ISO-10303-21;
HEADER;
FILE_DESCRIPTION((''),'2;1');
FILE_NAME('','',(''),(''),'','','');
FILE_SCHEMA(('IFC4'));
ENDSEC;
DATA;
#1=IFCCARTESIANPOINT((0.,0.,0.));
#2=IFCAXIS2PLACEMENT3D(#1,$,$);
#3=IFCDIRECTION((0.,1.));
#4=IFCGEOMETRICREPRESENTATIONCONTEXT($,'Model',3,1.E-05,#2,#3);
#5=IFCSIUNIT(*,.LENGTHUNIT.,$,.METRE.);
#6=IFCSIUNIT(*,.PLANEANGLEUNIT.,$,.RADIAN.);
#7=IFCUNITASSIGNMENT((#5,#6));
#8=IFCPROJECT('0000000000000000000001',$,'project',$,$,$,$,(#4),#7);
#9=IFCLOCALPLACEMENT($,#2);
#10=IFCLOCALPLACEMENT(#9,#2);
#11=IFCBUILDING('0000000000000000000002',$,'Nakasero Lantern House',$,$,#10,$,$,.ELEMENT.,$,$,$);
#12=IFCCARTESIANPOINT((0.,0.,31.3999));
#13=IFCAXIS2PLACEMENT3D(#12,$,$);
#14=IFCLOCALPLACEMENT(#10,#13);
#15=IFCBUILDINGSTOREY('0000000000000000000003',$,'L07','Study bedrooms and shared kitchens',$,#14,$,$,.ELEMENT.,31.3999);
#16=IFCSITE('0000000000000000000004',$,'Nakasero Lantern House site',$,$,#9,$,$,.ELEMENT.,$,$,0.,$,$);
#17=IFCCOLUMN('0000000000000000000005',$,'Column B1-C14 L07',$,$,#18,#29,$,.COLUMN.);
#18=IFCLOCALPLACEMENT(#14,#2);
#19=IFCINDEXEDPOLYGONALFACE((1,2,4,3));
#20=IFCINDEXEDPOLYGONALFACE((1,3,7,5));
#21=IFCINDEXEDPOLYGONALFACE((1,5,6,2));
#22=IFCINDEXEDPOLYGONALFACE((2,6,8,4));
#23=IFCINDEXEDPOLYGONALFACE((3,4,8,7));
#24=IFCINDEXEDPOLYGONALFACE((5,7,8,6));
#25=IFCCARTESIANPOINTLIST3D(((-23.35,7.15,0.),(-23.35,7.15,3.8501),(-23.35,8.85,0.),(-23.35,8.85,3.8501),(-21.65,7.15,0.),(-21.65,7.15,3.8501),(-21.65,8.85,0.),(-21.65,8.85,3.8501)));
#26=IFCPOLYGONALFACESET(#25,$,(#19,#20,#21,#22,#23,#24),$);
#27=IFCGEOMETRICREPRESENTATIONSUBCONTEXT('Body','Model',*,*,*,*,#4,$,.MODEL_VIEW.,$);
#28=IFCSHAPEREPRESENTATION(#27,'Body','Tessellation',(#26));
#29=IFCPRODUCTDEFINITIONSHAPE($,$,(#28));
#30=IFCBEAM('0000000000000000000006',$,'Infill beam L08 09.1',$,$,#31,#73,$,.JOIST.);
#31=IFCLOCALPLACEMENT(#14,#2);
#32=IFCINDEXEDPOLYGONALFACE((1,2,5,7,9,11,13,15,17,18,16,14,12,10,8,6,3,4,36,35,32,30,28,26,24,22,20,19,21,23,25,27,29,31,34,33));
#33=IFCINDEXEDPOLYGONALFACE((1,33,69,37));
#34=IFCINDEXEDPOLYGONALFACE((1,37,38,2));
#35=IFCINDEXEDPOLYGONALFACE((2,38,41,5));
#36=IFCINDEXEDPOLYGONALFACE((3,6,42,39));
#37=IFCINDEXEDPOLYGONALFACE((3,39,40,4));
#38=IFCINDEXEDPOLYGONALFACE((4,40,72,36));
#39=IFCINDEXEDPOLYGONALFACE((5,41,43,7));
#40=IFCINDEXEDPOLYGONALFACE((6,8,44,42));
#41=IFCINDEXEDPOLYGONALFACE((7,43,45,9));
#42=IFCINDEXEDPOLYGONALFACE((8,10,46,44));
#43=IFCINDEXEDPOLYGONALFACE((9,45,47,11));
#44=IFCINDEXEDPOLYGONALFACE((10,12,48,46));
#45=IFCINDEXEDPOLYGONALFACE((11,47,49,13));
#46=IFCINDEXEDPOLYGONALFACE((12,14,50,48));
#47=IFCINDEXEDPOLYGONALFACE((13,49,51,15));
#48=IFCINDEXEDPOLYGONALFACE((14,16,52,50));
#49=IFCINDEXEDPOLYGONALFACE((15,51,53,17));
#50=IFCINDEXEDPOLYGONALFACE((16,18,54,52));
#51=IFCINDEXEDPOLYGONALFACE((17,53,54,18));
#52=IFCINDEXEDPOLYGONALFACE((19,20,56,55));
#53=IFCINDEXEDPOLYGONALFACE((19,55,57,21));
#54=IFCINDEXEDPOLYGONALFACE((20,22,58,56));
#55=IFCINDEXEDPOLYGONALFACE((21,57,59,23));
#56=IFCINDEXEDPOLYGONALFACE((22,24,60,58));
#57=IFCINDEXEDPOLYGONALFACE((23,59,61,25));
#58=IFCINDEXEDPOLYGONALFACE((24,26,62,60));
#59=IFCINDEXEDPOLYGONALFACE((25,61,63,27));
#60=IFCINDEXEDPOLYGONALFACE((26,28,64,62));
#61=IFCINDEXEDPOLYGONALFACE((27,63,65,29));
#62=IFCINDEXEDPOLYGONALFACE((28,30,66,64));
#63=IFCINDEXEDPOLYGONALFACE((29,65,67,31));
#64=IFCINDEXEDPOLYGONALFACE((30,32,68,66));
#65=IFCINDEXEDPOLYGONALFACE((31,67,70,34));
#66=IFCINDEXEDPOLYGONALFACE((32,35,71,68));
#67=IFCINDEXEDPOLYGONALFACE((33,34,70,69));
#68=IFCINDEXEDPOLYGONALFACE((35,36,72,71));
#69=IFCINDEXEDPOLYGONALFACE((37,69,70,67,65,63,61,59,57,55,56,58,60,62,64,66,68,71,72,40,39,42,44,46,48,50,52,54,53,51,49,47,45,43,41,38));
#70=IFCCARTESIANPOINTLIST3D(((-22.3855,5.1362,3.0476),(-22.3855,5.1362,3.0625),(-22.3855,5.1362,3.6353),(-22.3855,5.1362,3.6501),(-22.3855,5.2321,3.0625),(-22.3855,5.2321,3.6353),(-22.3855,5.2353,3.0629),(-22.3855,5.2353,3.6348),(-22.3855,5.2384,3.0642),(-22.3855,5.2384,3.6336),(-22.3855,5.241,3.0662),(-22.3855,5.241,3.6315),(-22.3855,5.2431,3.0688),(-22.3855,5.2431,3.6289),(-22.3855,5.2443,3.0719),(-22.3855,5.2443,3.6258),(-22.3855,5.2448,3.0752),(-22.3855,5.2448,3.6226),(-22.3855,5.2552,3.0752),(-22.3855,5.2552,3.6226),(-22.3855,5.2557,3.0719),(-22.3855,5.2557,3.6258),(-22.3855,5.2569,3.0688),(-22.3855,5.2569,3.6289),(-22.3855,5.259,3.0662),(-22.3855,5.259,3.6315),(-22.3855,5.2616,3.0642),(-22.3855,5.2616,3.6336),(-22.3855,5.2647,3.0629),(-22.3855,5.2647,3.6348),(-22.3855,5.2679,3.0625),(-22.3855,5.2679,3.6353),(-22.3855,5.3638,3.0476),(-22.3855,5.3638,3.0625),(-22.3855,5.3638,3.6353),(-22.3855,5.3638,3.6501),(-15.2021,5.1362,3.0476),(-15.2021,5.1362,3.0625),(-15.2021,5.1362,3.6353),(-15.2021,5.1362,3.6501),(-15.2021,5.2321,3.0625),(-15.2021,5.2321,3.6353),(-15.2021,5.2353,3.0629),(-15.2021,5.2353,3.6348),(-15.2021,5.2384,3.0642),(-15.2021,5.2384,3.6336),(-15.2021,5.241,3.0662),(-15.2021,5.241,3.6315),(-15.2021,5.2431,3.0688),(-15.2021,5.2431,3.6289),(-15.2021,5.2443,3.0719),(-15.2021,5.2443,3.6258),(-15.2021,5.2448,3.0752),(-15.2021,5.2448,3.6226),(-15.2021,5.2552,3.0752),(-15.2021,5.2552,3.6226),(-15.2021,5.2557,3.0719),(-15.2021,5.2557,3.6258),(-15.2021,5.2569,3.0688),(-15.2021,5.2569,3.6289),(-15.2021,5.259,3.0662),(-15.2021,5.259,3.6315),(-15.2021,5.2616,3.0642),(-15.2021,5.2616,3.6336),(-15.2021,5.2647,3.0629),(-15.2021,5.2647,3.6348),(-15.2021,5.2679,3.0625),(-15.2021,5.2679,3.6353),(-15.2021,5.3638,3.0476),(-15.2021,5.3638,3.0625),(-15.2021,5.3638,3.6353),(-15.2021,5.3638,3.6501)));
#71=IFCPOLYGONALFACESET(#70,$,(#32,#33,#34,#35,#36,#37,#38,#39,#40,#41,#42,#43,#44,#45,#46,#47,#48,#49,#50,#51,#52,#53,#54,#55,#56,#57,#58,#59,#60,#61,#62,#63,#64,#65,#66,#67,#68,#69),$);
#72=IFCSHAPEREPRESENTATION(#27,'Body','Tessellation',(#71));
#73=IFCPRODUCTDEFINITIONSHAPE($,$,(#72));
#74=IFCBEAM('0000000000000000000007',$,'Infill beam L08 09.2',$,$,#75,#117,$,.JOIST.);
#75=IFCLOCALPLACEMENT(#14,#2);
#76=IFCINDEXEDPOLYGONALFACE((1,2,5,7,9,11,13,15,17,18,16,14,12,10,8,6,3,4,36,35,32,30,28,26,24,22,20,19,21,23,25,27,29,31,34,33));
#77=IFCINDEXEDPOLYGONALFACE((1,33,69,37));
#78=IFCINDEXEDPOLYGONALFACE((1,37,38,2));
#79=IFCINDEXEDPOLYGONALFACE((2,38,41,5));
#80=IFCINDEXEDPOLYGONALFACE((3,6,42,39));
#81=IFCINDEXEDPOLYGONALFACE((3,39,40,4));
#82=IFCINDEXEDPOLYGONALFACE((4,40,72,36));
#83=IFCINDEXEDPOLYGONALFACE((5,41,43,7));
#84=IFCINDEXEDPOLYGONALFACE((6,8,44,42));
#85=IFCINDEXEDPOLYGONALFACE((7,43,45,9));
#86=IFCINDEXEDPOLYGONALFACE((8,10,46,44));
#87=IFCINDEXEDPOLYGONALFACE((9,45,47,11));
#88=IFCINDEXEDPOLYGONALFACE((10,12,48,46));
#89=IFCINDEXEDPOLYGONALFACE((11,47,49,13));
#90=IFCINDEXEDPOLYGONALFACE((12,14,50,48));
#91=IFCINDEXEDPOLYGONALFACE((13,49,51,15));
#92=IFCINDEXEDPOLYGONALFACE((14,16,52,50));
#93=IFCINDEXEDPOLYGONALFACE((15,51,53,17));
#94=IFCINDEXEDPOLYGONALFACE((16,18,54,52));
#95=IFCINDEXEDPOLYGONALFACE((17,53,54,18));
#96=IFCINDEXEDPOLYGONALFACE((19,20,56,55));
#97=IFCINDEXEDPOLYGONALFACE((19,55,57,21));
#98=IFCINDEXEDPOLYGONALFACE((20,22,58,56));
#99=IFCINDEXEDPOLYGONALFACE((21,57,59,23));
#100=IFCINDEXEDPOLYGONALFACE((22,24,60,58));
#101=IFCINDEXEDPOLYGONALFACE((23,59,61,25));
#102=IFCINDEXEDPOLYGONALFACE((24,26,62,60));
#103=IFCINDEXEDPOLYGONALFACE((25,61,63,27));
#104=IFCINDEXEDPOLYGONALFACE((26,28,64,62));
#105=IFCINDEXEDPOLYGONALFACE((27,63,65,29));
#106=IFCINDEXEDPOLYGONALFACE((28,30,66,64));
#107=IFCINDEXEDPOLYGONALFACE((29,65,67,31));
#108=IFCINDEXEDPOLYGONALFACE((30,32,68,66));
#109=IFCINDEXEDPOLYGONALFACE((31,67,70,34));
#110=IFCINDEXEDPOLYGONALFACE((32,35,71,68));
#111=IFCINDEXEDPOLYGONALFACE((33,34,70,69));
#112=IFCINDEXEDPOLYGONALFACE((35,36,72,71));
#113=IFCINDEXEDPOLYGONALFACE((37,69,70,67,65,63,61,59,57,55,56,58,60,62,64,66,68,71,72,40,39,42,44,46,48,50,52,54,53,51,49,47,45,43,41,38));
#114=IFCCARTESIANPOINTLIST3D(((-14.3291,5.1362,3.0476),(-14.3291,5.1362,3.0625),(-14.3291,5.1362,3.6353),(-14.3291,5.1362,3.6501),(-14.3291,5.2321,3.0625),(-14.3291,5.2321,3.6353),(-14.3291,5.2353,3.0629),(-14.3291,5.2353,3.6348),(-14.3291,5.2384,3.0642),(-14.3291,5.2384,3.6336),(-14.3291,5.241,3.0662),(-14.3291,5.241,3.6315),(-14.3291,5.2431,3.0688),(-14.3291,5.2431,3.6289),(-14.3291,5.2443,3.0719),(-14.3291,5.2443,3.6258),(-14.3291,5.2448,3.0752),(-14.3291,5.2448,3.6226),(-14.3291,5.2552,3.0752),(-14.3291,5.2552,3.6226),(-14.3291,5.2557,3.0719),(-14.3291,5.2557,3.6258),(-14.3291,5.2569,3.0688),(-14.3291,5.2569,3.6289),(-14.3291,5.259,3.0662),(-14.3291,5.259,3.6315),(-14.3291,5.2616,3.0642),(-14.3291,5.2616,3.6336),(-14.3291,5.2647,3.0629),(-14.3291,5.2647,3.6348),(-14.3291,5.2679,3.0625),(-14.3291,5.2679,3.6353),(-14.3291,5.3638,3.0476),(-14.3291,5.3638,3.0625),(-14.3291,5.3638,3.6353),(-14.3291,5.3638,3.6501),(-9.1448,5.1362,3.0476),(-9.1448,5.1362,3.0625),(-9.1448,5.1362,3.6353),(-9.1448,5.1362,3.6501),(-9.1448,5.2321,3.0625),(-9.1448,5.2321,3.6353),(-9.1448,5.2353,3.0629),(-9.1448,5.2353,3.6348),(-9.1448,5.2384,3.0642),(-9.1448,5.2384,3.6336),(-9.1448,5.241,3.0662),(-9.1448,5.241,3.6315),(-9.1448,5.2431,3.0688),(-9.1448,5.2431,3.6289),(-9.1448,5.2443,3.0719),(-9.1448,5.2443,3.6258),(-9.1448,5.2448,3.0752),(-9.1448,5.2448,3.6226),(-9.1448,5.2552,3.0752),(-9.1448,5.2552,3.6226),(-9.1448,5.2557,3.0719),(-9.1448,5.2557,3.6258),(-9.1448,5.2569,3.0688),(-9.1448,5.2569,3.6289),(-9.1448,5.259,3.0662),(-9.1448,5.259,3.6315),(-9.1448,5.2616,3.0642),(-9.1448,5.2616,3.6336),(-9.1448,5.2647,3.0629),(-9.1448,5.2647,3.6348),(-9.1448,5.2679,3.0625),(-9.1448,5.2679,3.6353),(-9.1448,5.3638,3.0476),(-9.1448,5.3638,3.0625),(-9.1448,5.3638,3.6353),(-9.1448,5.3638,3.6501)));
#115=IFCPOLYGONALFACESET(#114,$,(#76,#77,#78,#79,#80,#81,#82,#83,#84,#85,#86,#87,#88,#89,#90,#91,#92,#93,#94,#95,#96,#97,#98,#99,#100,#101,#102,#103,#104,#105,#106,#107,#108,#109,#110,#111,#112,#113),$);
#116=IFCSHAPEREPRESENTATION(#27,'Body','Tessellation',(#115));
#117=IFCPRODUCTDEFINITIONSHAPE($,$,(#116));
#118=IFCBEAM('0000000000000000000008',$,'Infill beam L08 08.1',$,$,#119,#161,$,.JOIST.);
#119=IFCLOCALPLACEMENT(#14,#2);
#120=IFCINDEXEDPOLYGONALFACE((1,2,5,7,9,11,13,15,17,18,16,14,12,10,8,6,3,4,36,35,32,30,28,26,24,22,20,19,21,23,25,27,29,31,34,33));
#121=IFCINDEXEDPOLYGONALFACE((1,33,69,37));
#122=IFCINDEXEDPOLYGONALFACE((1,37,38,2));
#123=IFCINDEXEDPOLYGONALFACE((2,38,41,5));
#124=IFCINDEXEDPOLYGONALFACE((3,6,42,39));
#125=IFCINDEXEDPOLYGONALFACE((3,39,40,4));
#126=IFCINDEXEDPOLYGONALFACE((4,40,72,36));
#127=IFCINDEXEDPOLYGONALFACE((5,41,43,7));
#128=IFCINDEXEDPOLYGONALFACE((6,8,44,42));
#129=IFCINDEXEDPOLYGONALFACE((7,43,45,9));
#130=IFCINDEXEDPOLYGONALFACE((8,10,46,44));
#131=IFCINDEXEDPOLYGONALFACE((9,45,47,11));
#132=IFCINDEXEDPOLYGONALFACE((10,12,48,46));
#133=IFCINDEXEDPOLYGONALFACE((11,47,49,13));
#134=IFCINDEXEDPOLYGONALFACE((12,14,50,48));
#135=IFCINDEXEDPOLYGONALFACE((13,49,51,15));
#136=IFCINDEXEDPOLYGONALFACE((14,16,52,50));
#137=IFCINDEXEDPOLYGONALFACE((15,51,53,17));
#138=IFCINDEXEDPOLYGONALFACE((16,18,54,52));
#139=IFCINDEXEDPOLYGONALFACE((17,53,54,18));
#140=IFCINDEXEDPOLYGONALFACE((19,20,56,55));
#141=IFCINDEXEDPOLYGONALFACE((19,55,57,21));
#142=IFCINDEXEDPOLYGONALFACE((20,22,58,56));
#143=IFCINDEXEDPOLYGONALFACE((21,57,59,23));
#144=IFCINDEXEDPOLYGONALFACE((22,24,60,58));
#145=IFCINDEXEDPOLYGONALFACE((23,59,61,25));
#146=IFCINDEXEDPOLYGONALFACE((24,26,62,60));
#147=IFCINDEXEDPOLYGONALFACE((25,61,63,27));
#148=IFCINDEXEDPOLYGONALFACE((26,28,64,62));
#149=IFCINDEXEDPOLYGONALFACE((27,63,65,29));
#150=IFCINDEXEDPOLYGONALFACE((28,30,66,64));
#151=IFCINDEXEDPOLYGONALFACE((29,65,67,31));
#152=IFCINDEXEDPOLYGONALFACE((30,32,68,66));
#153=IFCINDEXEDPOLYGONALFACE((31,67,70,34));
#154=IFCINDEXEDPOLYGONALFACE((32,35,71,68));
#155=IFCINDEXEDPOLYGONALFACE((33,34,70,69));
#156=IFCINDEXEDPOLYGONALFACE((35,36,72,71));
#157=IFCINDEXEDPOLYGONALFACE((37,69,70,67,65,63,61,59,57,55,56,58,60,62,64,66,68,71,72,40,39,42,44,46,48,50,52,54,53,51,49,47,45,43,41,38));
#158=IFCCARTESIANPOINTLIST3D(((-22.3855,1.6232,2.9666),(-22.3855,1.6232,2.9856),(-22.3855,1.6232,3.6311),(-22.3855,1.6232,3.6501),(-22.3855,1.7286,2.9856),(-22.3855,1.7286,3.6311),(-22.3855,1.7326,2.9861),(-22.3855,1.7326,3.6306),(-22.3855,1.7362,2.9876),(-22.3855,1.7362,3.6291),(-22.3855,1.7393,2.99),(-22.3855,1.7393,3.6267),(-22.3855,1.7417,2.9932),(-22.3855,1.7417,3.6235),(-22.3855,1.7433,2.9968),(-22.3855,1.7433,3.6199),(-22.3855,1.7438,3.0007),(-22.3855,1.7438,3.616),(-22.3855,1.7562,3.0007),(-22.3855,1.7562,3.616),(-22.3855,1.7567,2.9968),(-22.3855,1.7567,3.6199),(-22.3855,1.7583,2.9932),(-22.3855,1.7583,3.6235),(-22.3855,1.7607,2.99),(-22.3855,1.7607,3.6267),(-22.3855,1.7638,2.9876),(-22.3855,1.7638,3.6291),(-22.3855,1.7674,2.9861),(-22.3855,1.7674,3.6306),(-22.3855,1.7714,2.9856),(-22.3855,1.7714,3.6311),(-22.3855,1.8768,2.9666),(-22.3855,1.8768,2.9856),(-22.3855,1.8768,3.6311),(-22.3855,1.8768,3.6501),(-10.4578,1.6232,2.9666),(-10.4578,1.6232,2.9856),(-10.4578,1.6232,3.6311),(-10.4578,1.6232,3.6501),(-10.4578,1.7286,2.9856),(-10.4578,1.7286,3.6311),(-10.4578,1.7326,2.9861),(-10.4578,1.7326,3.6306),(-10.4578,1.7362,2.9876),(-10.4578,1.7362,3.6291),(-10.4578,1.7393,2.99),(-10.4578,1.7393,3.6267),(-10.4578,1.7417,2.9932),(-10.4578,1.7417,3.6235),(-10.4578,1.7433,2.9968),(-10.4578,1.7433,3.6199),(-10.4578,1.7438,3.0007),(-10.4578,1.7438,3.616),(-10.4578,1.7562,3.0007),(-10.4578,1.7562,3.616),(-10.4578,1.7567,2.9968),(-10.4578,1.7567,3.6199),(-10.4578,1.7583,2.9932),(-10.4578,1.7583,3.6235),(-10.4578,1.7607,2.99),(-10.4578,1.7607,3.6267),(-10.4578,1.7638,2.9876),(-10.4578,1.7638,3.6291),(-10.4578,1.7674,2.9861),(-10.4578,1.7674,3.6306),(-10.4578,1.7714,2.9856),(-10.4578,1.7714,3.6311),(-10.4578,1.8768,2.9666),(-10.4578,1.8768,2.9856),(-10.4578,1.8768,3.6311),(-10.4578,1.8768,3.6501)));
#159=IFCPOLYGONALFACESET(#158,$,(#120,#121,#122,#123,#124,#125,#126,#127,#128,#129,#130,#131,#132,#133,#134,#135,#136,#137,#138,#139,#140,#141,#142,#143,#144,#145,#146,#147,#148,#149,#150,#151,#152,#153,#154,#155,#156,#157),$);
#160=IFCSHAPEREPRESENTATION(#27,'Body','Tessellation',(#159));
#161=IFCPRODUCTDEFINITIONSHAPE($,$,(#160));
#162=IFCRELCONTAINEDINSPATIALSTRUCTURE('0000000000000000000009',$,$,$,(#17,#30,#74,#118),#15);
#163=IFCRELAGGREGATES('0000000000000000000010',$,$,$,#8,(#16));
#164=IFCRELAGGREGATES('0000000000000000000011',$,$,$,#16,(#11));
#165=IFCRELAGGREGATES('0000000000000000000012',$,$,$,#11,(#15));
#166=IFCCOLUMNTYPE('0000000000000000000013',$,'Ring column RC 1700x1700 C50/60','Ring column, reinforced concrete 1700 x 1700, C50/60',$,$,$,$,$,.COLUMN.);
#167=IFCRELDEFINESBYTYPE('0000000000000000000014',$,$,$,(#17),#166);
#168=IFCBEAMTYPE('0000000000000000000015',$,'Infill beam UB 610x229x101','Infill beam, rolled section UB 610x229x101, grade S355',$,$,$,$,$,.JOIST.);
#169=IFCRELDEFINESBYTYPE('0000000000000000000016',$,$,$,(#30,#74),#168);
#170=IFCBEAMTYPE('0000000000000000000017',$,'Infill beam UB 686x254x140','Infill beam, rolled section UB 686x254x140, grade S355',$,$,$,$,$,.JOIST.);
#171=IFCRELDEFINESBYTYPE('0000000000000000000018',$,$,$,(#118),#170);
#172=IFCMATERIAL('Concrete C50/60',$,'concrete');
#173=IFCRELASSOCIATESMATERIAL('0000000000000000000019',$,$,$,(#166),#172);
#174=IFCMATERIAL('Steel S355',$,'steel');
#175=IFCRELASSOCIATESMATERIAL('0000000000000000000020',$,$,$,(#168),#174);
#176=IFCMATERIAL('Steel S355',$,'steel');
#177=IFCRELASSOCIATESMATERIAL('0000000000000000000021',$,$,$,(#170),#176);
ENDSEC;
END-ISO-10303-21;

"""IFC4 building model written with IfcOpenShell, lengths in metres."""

from ifc_helpers import new_model, si_unit, direction, frame, origin, origin_2d, place, context, subcontext, project, spatial, rectangle, i_section, extrude, material, material_profile, profile_set, type_object, element, save


model = new_model("IFC4")

# Units and contexts
model_context = context("Model", 3, precision=1e-05, world=origin(), true_north=direction((0.0, 1.0)))
body_context = subcontext(model_context, "Body", "Model", "MODEL_VIEW")
ifc_project = project(units=[si_unit("LENGTHUNIT", "METRE"), si_unit("PLANEANGLEUNIT", "RADIAN")], contexts=[model_context])

# Site, building, storey
site_placement = place(None, origin())
site = spatial("IfcSite", under=ifc_project, at=site_placement, Name="Nakasero Lantern House site", CompositionType="ELEMENT", RefElevation=0.0)
building_placement = place(site_placement, origin())
building = spatial("IfcBuilding", under=site, at=building_placement, Name="Nakasero Lantern House", CompositionType="ELEMENT")
storey_placement = place(building_placement, frame((0.0, 0.0, 31.3999)))
storey = spatial("IfcBuildingStorey", under=building, at=storey_placement, Name="L07", Description="Study bedrooms and shared kitchens", CompositionType="ELEMENT", Elevation=31.3999)

# Column
ifc_material_1 = material(Name="Concrete C50/60", Category="concrete")
ifc_material_profile_1 = material_profile(ifc_material_1, rectangle(XDim=1.7, YDim=1.7, at=origin_2d()), Name="RC 1700x1700")
ifc_profile_set_1 = profile_set([ifc_material_profile_1], Name="Concrete C50/60")
column_type = type_object("IfcColumnType", Name="Ring column RC 1700x1700 C50/60", Description="Ring column, reinforced concrete 1700 x 1700, C50/60", PredefinedType="COLUMN", material=ifc_profile_set_1)
column_placement = place(storey_placement, frame((-22.5, 8.0, 0.0), z_axis=(0.0, 0.0, 1.0), x_axis=(1.0, 0.0, 0.0)))
element("IfcColumn", 1, at=column_placement, inside=storey, type_object=column_type, Name="Column B1-C14 L07", PredefinedType="COLUMN", context=body_context, shape_type="SweptSolid", body=[
    extrude(rectangle(XDim=1.7, YDim=1.7, at=origin_2d()), origin(), (0.0, 0.0, 1.0), 3.8501),
])

# Beams
ifc_material_2 = material(Name="Steel S355", Category="steel")
ifc_material_profile_2 = material_profile(ifc_material_2, i_section(OverallWidth=0.2275, OverallDepth=0.6025, WebThickness=0.0105, FlangeThickness=0.0149, FilletRadius=0.0127, at=origin_2d()), Name="UB 610x229x101")
ifc_profile_set_2 = profile_set([ifc_material_profile_2], Name="Steel S355")
beam_type_1 = type_object("IfcBeamType", Name="Infill beam UB 610x229x101", Description="Infill beam, rolled section UB 610x229x101, grade S355", PredefinedType="JOIST", material=ifc_profile_set_2)
beam_1_placement = place(storey_placement, frame((-22.3855, 5.25, 3.3489), z_axis=(1.0, 0.0, 0.0), x_axis=(0.0, 1.0, 0.0)))
element("IfcBeam", 2, at=beam_1_placement, inside=storey, type_object=beam_type_1, Name="Infill beam L08 09.1", PredefinedType="JOIST", context=body_context, shape_type="SweptSolid", body=[
    extrude(i_section(OverallWidth=0.2275, OverallDepth=0.6025, WebThickness=0.0105, FlangeThickness=0.0149, FilletRadius=0.0127, at=origin_2d()), origin(), (0.0, 0.0, 1.0), 7.1833),
])
beam_2_placement = place(storey_placement, frame((-14.3291, 5.25, 3.3489), z_axis=(1.0, 0.0, 0.0), x_axis=(0.0, 1.0, 0.0)))
element("IfcBeam", 3, at=beam_2_placement, inside=storey, type_object=beam_type_1, Name="Infill beam L08 09.2", PredefinedType="JOIST", context=body_context, shape_type="SweptSolid", body=[
    extrude(i_section(OverallWidth=0.2275, OverallDepth=0.6025, WebThickness=0.0105, FlangeThickness=0.0149, FilletRadius=0.0127, at=origin_2d()), origin(), (0.0, 0.0, 1.0), 5.1843),
])
ifc_material_3 = material(Name="Steel S355", Category="steel")
ifc_material_profile_3 = material_profile(ifc_material_3, i_section(OverallWidth=0.2537, OverallDepth=0.6836, WebThickness=0.0125, FlangeThickness=0.019, FilletRadius=0.0151, at=origin_2d()), Name="UB 686x254x140")
ifc_profile_set_3 = profile_set([ifc_material_profile_3], Name="Steel S355")
beam_type_2 = type_object("IfcBeamType", Name="Infill beam UB 686x254x140", Description="Infill beam, rolled section UB 686x254x140, grade S355", PredefinedType="JOIST", material=ifc_profile_set_3)
beam_3_placement = place(storey_placement, frame((-22.3855, 1.75, 3.3083), z_axis=(1.0, 0.0, 0.0), x_axis=(0.0, 1.0, 0.0)))
element("IfcBeam", 4, at=beam_3_placement, inside=storey, type_object=beam_type_2, Name="Infill beam L08 08.1", PredefinedType="JOIST", context=body_context, shape_type="SweptSolid", body=[
    extrude(i_section(OverallWidth=0.2537, OverallDepth=0.6836, WebThickness=0.0125, FlangeThickness=0.019, FilletRadius=0.0151, at=origin_2d()), origin(), (0.0, 0.0, 1.0), 11.9277),
])

save(model, "model.ifc")
